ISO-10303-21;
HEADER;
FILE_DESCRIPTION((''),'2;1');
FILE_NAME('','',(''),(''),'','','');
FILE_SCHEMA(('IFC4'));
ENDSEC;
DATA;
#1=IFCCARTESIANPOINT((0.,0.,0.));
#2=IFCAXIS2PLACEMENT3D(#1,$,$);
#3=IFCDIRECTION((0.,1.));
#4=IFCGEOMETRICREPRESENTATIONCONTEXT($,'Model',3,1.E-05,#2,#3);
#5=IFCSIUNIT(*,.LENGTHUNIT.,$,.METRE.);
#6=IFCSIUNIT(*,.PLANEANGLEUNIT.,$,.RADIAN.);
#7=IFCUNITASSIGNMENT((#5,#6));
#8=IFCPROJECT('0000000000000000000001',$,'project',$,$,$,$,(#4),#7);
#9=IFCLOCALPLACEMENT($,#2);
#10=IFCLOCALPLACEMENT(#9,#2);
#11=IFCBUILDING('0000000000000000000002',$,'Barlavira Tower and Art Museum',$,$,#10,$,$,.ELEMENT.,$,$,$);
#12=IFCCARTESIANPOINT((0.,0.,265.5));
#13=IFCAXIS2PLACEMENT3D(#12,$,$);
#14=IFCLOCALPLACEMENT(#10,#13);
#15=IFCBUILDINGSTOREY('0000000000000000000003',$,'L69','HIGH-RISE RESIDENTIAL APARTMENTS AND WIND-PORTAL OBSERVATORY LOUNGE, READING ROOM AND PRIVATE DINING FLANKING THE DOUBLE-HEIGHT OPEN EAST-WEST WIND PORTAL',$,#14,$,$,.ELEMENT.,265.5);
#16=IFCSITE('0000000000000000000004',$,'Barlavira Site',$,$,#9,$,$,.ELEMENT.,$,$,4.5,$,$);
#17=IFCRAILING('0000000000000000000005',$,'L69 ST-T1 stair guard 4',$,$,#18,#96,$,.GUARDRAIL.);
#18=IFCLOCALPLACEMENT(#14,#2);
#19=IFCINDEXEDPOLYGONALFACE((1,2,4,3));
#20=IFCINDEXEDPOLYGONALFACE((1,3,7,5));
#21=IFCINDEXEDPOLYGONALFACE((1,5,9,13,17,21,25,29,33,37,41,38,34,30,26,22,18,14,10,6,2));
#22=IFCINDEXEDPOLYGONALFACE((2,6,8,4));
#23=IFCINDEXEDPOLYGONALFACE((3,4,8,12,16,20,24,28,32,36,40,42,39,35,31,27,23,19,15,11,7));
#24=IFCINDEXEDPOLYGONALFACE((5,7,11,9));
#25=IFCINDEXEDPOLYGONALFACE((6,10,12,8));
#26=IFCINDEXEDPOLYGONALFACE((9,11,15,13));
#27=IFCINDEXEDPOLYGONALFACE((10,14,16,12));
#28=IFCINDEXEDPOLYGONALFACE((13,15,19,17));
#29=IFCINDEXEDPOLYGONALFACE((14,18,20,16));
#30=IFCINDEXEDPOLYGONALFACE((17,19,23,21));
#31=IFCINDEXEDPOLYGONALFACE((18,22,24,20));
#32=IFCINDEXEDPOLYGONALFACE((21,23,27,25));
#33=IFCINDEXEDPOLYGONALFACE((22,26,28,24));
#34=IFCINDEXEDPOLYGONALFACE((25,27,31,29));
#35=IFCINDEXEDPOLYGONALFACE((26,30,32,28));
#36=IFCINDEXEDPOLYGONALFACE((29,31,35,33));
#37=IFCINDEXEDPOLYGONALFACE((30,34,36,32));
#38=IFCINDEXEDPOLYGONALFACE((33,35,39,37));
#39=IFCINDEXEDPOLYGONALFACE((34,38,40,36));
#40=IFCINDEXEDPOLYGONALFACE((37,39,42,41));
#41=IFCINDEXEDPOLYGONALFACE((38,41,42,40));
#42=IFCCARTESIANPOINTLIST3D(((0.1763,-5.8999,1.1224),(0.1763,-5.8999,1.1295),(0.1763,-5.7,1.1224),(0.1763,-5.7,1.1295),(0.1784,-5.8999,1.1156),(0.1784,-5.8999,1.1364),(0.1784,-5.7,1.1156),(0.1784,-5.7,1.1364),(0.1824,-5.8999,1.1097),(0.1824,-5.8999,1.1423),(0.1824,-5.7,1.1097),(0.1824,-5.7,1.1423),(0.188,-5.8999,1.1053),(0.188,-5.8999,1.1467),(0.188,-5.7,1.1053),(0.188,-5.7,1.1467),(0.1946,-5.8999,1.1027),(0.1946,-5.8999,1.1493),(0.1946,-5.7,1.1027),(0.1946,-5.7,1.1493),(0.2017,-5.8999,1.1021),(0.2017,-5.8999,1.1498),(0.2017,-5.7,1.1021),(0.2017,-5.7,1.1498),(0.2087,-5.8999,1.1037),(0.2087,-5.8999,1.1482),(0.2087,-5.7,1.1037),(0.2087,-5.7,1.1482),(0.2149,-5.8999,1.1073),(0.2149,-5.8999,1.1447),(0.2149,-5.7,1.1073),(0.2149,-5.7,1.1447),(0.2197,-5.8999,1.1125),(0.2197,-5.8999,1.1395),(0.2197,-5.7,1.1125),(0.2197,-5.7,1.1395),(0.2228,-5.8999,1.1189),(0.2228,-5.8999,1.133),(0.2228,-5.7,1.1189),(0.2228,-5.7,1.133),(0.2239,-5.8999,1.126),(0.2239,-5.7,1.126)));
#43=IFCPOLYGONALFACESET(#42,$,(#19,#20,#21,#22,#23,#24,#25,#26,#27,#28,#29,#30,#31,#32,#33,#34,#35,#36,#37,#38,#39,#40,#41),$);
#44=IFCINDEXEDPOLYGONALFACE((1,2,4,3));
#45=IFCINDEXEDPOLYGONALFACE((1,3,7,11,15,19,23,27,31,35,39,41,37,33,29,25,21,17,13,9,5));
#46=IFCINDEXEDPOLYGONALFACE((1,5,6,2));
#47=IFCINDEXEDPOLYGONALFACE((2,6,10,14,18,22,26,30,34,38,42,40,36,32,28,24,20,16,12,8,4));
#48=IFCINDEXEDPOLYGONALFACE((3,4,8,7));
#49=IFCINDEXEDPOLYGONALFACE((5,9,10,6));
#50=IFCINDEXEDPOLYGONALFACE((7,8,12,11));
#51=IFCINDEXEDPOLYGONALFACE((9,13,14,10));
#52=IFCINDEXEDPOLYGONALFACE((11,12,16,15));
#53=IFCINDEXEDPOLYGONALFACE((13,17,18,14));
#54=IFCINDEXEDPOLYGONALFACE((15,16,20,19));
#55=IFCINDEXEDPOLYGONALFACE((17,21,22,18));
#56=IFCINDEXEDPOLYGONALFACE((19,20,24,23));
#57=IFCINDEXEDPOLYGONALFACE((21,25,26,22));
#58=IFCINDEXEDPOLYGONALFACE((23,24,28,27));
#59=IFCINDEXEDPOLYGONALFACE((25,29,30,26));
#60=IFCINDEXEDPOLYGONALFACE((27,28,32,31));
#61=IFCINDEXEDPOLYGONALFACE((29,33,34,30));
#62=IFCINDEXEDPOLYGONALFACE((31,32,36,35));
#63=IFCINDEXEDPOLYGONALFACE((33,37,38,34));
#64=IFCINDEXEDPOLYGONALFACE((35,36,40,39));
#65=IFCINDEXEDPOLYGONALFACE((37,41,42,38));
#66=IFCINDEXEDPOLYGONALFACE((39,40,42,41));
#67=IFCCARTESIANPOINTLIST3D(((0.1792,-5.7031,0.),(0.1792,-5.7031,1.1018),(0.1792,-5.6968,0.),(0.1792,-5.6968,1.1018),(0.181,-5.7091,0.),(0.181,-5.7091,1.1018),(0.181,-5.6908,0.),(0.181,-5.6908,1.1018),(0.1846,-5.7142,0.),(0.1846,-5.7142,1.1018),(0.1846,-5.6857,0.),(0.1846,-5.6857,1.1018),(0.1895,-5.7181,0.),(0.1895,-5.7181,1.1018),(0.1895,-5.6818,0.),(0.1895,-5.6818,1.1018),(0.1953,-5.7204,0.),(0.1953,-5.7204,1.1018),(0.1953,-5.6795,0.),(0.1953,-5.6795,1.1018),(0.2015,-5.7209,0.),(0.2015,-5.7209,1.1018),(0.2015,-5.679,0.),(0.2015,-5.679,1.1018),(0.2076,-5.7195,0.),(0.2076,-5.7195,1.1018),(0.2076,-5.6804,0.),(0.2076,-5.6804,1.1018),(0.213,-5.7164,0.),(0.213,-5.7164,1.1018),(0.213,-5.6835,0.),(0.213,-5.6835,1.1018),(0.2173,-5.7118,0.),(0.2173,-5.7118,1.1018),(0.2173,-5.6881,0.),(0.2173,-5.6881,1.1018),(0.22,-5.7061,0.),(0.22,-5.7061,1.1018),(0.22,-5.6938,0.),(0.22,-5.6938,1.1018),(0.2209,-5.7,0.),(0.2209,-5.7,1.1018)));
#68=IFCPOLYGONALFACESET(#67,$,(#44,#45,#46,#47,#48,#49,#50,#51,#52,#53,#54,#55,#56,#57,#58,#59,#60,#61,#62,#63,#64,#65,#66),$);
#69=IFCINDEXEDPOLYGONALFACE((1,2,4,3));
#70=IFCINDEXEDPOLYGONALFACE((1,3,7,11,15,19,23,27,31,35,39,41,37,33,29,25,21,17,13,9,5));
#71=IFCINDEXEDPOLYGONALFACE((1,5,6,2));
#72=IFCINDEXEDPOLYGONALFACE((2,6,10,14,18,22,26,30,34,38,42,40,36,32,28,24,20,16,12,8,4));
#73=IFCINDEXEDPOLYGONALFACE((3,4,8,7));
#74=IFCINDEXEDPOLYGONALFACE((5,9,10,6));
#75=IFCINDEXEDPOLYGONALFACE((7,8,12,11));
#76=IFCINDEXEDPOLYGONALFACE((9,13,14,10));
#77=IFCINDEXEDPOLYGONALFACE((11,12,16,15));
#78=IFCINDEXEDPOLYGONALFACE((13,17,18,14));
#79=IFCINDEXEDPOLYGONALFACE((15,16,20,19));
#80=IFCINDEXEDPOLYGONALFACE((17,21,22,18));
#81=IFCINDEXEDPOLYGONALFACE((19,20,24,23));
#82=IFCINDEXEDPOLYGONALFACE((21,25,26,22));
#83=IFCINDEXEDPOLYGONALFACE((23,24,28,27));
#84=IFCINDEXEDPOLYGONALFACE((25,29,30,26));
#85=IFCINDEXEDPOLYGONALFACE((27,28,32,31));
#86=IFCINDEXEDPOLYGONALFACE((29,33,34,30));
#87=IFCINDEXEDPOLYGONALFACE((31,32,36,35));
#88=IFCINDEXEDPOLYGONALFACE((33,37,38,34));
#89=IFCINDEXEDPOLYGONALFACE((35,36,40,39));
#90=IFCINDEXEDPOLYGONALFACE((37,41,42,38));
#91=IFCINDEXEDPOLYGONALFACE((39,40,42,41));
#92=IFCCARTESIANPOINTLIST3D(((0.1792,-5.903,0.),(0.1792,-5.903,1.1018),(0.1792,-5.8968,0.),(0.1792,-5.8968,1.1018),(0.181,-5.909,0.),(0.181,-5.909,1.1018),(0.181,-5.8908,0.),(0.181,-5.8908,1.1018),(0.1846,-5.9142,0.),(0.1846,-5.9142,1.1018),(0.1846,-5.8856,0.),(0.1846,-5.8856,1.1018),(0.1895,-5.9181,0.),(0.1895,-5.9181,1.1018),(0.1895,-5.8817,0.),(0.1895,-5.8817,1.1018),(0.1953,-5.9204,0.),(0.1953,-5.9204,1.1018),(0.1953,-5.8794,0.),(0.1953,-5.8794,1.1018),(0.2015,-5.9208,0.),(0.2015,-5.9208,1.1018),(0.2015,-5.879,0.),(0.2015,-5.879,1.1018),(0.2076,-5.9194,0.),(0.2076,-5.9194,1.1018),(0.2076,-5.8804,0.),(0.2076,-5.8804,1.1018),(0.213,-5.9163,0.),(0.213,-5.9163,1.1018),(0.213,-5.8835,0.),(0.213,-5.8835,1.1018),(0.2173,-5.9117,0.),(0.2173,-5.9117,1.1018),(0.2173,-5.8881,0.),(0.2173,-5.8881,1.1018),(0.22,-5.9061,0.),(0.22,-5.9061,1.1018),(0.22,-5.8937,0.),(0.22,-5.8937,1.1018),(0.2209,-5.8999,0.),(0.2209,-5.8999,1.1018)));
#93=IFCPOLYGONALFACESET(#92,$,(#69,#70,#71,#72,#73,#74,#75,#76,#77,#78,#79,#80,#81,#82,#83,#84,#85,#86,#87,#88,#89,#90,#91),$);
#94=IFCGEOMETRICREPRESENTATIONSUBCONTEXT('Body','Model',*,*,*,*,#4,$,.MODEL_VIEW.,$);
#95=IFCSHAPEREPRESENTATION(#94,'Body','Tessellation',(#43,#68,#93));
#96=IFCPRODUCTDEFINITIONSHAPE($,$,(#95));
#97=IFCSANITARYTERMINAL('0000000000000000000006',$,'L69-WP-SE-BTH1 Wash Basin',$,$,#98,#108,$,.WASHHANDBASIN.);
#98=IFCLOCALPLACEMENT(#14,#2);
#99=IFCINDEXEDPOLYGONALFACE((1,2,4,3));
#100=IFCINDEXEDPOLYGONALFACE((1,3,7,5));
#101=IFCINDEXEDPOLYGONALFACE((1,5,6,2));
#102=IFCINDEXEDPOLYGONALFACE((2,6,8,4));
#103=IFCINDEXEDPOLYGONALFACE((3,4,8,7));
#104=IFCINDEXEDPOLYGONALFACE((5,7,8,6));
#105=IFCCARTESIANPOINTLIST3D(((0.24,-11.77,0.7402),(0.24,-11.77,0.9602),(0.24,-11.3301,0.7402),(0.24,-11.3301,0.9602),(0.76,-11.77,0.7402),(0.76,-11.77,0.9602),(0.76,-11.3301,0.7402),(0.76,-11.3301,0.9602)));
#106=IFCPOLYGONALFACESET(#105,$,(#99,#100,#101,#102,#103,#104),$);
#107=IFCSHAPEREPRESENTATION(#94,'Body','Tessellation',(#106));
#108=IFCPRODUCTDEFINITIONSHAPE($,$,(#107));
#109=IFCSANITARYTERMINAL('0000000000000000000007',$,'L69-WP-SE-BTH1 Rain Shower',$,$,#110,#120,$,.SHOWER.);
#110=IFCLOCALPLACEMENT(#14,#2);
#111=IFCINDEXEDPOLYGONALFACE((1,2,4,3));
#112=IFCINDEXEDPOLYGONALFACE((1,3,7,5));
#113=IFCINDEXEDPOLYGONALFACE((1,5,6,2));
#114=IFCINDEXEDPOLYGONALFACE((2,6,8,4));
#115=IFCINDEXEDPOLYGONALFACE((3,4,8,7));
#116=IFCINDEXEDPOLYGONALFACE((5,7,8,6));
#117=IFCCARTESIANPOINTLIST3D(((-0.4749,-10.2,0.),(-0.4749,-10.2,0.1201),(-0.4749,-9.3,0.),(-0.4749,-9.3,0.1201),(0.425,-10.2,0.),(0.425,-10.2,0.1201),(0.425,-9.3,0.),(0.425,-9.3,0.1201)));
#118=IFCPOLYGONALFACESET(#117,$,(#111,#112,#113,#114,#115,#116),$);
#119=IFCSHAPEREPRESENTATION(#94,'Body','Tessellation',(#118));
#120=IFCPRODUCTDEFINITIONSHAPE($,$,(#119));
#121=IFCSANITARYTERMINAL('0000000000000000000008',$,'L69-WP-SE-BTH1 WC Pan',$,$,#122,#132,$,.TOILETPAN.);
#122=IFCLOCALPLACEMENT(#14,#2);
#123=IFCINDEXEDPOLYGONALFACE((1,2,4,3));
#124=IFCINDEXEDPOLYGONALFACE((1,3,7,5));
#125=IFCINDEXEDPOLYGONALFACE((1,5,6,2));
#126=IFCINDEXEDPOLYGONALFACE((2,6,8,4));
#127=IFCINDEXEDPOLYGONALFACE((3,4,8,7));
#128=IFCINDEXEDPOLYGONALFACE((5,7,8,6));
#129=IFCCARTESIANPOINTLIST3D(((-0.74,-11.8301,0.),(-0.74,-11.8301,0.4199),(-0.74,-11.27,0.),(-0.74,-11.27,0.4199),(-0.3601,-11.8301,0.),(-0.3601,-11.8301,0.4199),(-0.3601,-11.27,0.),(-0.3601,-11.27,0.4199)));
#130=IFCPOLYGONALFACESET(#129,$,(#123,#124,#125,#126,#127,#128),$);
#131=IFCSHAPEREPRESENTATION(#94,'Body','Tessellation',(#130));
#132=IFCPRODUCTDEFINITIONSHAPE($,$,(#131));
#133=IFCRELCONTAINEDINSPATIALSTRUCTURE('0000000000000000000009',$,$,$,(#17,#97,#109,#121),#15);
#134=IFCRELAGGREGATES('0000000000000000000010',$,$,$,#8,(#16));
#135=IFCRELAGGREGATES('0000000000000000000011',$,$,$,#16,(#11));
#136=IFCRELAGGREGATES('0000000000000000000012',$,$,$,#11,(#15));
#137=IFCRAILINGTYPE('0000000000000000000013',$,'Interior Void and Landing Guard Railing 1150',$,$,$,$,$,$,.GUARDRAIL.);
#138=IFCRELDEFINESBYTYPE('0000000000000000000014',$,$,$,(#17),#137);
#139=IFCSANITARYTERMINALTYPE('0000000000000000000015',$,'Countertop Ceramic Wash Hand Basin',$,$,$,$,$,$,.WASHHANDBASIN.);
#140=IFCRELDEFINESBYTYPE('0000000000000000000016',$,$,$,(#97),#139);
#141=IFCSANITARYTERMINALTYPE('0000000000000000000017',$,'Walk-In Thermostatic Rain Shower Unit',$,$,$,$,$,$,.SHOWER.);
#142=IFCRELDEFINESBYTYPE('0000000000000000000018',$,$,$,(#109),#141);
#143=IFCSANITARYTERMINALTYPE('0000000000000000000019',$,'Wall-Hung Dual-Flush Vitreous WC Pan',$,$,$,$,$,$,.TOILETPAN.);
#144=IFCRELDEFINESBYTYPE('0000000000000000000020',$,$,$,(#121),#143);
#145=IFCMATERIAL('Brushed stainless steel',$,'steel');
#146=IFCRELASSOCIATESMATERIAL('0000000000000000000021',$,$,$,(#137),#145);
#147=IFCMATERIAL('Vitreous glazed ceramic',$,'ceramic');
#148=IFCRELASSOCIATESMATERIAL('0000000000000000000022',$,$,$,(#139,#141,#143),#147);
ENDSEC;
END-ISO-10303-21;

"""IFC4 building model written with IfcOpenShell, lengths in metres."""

from ifc_helpers import new_model, si_unit, direction, frame, origin, origin_2d, place, context, subcontext, project, spatial, rectangle, circle, extrude, material, type_object, element, save


model = new_model("IFC4")

# Units and contexts
model_context = context("Model", 3, precision=1e-05, world=origin(), true_north=direction((0.0, 1.0)))
body_context = subcontext(model_context, "Body", "Model", "MODEL_VIEW")
ifc_project = project(units=[si_unit("LENGTHUNIT", "METRE"), si_unit("PLANEANGLEUNIT", "RADIAN")], contexts=[model_context])

# Site, building, storey
site_placement = place(None, origin())
site = spatial("IfcSite", under=ifc_project, at=site_placement, Name="Barlavira Site", CompositionType="ELEMENT", RefElevation=4.5)
building_placement = place(site_placement, origin())
building = spatial("IfcBuilding", under=site, at=building_placement, Name="Barlavira Tower and Art Museum", CompositionType="ELEMENT")
storey_placement = place(building_placement, frame((0.0, 0.0, 265.5)))
storey = spatial("IfcBuildingStorey", under=building, at=storey_placement, Name="L69", Description="HIGH-RISE RESIDENTIAL APARTMENTS AND WIND-PORTAL OBSERVATORY LOUNGE, READING ROOM AND PRIVATE DINING FLANKING THE DOUBLE-HEIGHT OPEN EAST-WEST WIND PORTAL", CompositionType="ELEMENT", Elevation=265.5)

# Shared definitions
ifc_material_1 = material(Name="Brushed stainless steel", Category="steel")

# Railing
railing_type = type_object("IfcRailingType", Name="Interior Void and Landing Guard Railing 1150", PredefinedType="GUARDRAIL", material=ifc_material_1)
railing_1_placement = place(storey_placement, frame((0.2, -5.7, 0.0)))
element("IfcRailing", 1, at=railing_1_placement, inside=storey, type_object=railing_type, Name="L69 ST-T1 stair guard 4", PredefinedType="GUARDRAIL", context=body_context, shape_type="SweptSolid", body=[
    extrude(circle(Radius=0.0239, at=origin_2d()), frame((0.0, 0.0, 1.126), z_axis=(0.0, -1.0, 0.0), x_axis=(1.0, 0.0, 0.0)), (0.0, 0.0, 1.0), 0.2),
    extrude(circle(Radius=0.021, at=origin_2d()), origin(), (0.0, 0.0, 1.0), 1.1018),
    extrude(circle(Radius=0.021, at=origin_2d()), frame((0.0, -0.2, 0.0)), (0.0, 0.0, 1.0), 1.1018),
])

# Sanitary terminals
ifc_material_2 = material(Name="Vitreous glazed ceramic", Category="ceramic")
sanitary_terminal_type_1 = type_object("IfcSanitaryTerminalType", Name="Countertop Ceramic Wash Hand Basin", PredefinedType="WASHHANDBASIN", material=ifc_material_2)
sanitary_terminal_1_placement = place(storey_placement, frame((0.5, -11.55, 0.7402), z_axis=(0.0, 0.0, 1.0), x_axis=(1.0, 0.0, 0.0)))
element("IfcSanitaryTerminal", 2, at=sanitary_terminal_1_placement, inside=storey, type_object=sanitary_terminal_type_1, Name="L69-WP-SE-BTH1 Wash Basin", PredefinedType="WASHHANDBASIN", context=body_context, shape_type="SweptSolid", body=[
    extrude(rectangle(XDim=0.52, YDim=0.4399, at=origin_2d()), origin(), (0.0, 0.0, 1.0), 0.22),
])
sanitary_terminal_type_2 = type_object("IfcSanitaryTerminalType", Name="Walk-In Thermostatic Rain Shower Unit", PredefinedType="SHOWER", material=ifc_material_2)
sanitary_terminal_2_placement = place(storey_placement, frame((-0.0249, -9.75, 0.0), z_axis=(0.0, 0.0, 1.0), x_axis=(1.0, 0.0, 0.0)))
element("IfcSanitaryTerminal", 3, at=sanitary_terminal_2_placement, inside=storey, type_object=sanitary_terminal_type_2, Name="L69-WP-SE-BTH1 Rain Shower", PredefinedType="SHOWER", context=body_context, shape_type="SweptSolid", body=[
    extrude(rectangle(XDim=0.8999, YDim=0.8999, at=origin_2d()), origin(), (0.0, 0.0, 1.0), 0.1201),
])
sanitary_terminal_type_3 = type_object("IfcSanitaryTerminalType", Name="Wall-Hung Dual-Flush Vitreous WC Pan", PredefinedType="TOILETPAN", material=ifc_material_2)
sanitary_terminal_3_placement = place(storey_placement, frame((-0.55, -11.55, 0.0), z_axis=(0.0, 0.0, 1.0), x_axis=(1.0, 0.0, 0.0)))
element("IfcSanitaryTerminal", 4, at=sanitary_terminal_3_placement, inside=storey, type_object=sanitary_terminal_type_3, Name="L69-WP-SE-BTH1 WC Pan", PredefinedType="TOILETPAN", context=body_context, shape_type="SweptSolid", body=[
    extrude(rectangle(XDim=0.3799, YDim=0.5601, at=origin_2d()), origin(), (0.0, 0.0, 1.0), 0.4199),
])

save(model, "model.ifc")
